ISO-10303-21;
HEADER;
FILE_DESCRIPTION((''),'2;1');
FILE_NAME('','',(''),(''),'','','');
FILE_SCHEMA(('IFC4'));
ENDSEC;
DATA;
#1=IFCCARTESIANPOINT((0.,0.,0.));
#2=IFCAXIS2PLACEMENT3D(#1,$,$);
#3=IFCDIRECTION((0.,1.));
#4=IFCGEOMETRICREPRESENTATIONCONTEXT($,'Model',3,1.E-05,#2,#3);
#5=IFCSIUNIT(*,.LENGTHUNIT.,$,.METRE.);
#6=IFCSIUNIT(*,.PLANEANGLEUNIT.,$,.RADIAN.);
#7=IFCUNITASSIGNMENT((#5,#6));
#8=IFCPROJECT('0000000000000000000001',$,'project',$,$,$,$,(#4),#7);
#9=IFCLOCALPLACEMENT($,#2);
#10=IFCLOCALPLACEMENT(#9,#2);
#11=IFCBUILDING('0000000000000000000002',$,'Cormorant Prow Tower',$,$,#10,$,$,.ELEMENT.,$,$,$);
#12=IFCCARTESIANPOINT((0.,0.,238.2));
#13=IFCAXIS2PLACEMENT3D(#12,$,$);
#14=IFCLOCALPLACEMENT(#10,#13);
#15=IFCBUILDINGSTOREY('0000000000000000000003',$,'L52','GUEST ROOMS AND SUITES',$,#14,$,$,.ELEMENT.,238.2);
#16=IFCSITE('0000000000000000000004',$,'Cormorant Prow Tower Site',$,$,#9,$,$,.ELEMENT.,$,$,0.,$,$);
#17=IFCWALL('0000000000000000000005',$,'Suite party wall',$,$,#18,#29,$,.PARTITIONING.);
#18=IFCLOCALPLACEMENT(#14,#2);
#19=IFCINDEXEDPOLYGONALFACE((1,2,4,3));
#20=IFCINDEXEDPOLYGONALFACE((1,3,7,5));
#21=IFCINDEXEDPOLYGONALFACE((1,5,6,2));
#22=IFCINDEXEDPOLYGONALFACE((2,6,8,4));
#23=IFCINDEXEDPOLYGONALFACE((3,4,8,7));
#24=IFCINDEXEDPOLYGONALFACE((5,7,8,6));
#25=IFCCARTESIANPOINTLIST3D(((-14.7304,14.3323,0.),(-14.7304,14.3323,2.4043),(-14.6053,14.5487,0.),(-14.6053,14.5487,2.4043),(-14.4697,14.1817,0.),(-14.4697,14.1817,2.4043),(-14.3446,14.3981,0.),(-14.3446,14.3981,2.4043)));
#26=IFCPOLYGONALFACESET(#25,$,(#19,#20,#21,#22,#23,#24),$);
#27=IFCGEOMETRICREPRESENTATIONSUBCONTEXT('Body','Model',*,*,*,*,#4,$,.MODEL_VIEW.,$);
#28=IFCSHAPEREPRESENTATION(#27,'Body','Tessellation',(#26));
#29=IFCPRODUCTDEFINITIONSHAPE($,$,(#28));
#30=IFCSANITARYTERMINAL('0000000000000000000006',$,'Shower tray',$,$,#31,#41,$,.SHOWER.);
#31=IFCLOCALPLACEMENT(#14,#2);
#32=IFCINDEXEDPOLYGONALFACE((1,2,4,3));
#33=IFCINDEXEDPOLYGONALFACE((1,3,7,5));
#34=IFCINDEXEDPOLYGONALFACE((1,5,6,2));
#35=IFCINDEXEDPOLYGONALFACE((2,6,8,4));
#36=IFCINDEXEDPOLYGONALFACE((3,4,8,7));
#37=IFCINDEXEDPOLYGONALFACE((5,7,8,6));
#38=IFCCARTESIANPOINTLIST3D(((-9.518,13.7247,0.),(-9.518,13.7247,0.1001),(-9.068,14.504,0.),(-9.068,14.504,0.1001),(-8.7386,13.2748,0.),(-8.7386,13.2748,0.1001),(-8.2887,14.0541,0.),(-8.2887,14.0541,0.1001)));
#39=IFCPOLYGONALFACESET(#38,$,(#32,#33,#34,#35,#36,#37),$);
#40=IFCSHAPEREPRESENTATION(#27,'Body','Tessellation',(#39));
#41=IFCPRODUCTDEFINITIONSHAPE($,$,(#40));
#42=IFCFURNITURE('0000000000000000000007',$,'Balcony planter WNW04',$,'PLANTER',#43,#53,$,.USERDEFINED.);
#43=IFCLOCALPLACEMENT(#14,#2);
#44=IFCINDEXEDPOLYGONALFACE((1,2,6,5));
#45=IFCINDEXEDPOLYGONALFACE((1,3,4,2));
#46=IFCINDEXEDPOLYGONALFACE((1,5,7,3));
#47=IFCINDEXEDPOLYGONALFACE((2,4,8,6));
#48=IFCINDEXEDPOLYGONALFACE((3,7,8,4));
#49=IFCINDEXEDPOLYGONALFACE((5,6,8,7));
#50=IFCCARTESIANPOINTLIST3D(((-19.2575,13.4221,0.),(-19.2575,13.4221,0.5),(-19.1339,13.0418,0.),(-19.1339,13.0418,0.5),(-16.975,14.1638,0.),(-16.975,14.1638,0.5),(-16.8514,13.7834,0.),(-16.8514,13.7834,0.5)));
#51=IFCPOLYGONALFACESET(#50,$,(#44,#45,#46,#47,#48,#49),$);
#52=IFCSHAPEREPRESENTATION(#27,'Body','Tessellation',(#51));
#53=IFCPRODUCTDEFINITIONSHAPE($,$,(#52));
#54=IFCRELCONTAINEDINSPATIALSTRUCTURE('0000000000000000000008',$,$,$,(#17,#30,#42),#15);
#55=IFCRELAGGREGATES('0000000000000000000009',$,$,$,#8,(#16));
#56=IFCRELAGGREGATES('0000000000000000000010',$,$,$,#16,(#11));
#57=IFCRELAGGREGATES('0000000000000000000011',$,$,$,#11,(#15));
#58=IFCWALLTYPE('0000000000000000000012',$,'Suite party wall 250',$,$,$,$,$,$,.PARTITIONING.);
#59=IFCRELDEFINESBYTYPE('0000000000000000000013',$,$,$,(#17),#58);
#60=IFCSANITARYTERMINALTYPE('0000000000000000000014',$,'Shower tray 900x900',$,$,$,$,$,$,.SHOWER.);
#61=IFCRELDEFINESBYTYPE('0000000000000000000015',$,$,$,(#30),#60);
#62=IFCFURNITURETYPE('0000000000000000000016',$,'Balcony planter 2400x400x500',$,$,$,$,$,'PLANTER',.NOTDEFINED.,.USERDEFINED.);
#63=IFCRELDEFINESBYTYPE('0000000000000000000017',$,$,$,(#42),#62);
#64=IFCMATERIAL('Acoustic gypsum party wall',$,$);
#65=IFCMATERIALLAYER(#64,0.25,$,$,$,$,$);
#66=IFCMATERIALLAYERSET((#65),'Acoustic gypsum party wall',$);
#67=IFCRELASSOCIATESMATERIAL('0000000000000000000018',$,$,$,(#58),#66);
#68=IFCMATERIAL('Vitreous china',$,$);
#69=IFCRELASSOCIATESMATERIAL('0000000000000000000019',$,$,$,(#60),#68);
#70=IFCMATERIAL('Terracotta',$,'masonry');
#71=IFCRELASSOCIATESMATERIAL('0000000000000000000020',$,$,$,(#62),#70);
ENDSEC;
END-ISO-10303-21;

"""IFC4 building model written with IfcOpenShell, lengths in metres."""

from ifc_helpers import new_model, si_unit, direction, frame, frame_2d, origin, origin_2d, place, context, subcontext, project, spatial, rectangle, extrude, material, layer, layer_set, type_object, element, save


model = new_model("IFC4")

# Units and contexts
model_context = context("Model", 3, precision=1e-05, world=origin(), true_north=direction((0.0, 1.0)))
body_context = subcontext(model_context, "Body", "Model", "MODEL_VIEW")
ifc_project = project(units=[si_unit("LENGTHUNIT", "METRE"), si_unit("PLANEANGLEUNIT", "RADIAN")], contexts=[model_context])

# Site, building, storey
site_placement = place(None, origin())
site = spatial("IfcSite", under=ifc_project, at=site_placement, Name="Cormorant Prow Tower Site", CompositionType="ELEMENT", RefElevation=0.0)
building_placement = place(site_placement, origin())
building = spatial("IfcBuilding", under=site, at=building_placement, Name="Cormorant Prow Tower", CompositionType="ELEMENT")
storey_placement = place(building_placement, frame((0.0, 0.0, 238.2)))
storey = spatial("IfcBuildingStorey", under=building, at=storey_placement, Name="L52", Description="GUEST ROOMS AND SUITES", CompositionType="ELEMENT", Elevation=238.2)

# Wall
ifc_material_1 = material(Name="Acoustic gypsum party wall")
ifc_layer_1 = layer(ifc_material_1, 0.25)
ifc_layer_set_1 = layer_set([ifc_layer_1], Name="Acoustic gypsum party wall")
wall_type_1 = type_object("IfcWallType", Name="Suite party wall 250", PredefinedType="PARTITIONING", material=ifc_layer_set_1)
wall_1_placement = place(storey_placement, frame((-14.6677, 14.4404, 0.0), z_axis=(0.0, 0.0, 1.0), x_axis=(0.865888, -0.500237, 0.0)))
element("IfcWall", 1, at=wall_1_placement, inside=storey, type_object=wall_type_1, Name="Suite party wall", PredefinedType="PARTITIONING", context=body_context, shape_type="SweptSolid", body=[
    extrude(rectangle(XDim=0.301, YDim=0.25, at=frame_2d((0.1504, 0.0))), origin(), (0.0, 0.0, 1.0), 2.4043),
])

# Sanitary terminal
ifc_material_2 = material(Name="Vitreous china")
sanitary_terminal_type = type_object("IfcSanitaryTerminalType", Name="Shower tray 900x900", PredefinedType="SHOWER", material=ifc_material_2)
sanitary_terminal_placement = place(storey_placement, frame((-8.9033, 13.8894, 0.0), z_axis=(0.0, 0.0, 1.0), x_axis=(-0.5, -0.866025, 0.0)))
element("IfcSanitaryTerminal", 2, at=sanitary_terminal_placement, inside=storey, type_object=sanitary_terminal_type, Name="Shower tray", PredefinedType="SHOWER", context=body_context, shape_type="SweptSolid", body=[
    extrude(rectangle(XDim=0.8999, YDim=0.8999, at=origin_2d()), origin(), (0.0, 0.0, 1.0), 0.1001),
])

# Furniture
ifc_material_3 = material(Name="Terracotta", Category="masonry")
furniture_type = type_object("IfcFurnitureType", Name="Balcony planter 2400x400x500", ElementType="PLANTER", AssemblyPlace="NOTDEFINED", PredefinedType="USERDEFINED", material=ifc_material_3)
furniture_placement = place(storey_placement, frame((-18.0544, 13.6028, 0.0), z_axis=(0.0, 0.0, 1.0), x_axis=(-0.951057, -0.309017, 0.0)))
element("IfcFurniture", 3, at=furniture_placement, inside=storey, type_object=furniture_type, Name="Balcony planter WNW04", ObjectType="PLANTER", PredefinedType="USERDEFINED", context=body_context, shape_type="SweptSolid", body=[
    extrude(rectangle(XDim=2.3999, YDim=0.3999, at=origin_2d()), origin(), (0.0, 0.0, 1.0), 0.5),
])

save(model, "model.ifc")
